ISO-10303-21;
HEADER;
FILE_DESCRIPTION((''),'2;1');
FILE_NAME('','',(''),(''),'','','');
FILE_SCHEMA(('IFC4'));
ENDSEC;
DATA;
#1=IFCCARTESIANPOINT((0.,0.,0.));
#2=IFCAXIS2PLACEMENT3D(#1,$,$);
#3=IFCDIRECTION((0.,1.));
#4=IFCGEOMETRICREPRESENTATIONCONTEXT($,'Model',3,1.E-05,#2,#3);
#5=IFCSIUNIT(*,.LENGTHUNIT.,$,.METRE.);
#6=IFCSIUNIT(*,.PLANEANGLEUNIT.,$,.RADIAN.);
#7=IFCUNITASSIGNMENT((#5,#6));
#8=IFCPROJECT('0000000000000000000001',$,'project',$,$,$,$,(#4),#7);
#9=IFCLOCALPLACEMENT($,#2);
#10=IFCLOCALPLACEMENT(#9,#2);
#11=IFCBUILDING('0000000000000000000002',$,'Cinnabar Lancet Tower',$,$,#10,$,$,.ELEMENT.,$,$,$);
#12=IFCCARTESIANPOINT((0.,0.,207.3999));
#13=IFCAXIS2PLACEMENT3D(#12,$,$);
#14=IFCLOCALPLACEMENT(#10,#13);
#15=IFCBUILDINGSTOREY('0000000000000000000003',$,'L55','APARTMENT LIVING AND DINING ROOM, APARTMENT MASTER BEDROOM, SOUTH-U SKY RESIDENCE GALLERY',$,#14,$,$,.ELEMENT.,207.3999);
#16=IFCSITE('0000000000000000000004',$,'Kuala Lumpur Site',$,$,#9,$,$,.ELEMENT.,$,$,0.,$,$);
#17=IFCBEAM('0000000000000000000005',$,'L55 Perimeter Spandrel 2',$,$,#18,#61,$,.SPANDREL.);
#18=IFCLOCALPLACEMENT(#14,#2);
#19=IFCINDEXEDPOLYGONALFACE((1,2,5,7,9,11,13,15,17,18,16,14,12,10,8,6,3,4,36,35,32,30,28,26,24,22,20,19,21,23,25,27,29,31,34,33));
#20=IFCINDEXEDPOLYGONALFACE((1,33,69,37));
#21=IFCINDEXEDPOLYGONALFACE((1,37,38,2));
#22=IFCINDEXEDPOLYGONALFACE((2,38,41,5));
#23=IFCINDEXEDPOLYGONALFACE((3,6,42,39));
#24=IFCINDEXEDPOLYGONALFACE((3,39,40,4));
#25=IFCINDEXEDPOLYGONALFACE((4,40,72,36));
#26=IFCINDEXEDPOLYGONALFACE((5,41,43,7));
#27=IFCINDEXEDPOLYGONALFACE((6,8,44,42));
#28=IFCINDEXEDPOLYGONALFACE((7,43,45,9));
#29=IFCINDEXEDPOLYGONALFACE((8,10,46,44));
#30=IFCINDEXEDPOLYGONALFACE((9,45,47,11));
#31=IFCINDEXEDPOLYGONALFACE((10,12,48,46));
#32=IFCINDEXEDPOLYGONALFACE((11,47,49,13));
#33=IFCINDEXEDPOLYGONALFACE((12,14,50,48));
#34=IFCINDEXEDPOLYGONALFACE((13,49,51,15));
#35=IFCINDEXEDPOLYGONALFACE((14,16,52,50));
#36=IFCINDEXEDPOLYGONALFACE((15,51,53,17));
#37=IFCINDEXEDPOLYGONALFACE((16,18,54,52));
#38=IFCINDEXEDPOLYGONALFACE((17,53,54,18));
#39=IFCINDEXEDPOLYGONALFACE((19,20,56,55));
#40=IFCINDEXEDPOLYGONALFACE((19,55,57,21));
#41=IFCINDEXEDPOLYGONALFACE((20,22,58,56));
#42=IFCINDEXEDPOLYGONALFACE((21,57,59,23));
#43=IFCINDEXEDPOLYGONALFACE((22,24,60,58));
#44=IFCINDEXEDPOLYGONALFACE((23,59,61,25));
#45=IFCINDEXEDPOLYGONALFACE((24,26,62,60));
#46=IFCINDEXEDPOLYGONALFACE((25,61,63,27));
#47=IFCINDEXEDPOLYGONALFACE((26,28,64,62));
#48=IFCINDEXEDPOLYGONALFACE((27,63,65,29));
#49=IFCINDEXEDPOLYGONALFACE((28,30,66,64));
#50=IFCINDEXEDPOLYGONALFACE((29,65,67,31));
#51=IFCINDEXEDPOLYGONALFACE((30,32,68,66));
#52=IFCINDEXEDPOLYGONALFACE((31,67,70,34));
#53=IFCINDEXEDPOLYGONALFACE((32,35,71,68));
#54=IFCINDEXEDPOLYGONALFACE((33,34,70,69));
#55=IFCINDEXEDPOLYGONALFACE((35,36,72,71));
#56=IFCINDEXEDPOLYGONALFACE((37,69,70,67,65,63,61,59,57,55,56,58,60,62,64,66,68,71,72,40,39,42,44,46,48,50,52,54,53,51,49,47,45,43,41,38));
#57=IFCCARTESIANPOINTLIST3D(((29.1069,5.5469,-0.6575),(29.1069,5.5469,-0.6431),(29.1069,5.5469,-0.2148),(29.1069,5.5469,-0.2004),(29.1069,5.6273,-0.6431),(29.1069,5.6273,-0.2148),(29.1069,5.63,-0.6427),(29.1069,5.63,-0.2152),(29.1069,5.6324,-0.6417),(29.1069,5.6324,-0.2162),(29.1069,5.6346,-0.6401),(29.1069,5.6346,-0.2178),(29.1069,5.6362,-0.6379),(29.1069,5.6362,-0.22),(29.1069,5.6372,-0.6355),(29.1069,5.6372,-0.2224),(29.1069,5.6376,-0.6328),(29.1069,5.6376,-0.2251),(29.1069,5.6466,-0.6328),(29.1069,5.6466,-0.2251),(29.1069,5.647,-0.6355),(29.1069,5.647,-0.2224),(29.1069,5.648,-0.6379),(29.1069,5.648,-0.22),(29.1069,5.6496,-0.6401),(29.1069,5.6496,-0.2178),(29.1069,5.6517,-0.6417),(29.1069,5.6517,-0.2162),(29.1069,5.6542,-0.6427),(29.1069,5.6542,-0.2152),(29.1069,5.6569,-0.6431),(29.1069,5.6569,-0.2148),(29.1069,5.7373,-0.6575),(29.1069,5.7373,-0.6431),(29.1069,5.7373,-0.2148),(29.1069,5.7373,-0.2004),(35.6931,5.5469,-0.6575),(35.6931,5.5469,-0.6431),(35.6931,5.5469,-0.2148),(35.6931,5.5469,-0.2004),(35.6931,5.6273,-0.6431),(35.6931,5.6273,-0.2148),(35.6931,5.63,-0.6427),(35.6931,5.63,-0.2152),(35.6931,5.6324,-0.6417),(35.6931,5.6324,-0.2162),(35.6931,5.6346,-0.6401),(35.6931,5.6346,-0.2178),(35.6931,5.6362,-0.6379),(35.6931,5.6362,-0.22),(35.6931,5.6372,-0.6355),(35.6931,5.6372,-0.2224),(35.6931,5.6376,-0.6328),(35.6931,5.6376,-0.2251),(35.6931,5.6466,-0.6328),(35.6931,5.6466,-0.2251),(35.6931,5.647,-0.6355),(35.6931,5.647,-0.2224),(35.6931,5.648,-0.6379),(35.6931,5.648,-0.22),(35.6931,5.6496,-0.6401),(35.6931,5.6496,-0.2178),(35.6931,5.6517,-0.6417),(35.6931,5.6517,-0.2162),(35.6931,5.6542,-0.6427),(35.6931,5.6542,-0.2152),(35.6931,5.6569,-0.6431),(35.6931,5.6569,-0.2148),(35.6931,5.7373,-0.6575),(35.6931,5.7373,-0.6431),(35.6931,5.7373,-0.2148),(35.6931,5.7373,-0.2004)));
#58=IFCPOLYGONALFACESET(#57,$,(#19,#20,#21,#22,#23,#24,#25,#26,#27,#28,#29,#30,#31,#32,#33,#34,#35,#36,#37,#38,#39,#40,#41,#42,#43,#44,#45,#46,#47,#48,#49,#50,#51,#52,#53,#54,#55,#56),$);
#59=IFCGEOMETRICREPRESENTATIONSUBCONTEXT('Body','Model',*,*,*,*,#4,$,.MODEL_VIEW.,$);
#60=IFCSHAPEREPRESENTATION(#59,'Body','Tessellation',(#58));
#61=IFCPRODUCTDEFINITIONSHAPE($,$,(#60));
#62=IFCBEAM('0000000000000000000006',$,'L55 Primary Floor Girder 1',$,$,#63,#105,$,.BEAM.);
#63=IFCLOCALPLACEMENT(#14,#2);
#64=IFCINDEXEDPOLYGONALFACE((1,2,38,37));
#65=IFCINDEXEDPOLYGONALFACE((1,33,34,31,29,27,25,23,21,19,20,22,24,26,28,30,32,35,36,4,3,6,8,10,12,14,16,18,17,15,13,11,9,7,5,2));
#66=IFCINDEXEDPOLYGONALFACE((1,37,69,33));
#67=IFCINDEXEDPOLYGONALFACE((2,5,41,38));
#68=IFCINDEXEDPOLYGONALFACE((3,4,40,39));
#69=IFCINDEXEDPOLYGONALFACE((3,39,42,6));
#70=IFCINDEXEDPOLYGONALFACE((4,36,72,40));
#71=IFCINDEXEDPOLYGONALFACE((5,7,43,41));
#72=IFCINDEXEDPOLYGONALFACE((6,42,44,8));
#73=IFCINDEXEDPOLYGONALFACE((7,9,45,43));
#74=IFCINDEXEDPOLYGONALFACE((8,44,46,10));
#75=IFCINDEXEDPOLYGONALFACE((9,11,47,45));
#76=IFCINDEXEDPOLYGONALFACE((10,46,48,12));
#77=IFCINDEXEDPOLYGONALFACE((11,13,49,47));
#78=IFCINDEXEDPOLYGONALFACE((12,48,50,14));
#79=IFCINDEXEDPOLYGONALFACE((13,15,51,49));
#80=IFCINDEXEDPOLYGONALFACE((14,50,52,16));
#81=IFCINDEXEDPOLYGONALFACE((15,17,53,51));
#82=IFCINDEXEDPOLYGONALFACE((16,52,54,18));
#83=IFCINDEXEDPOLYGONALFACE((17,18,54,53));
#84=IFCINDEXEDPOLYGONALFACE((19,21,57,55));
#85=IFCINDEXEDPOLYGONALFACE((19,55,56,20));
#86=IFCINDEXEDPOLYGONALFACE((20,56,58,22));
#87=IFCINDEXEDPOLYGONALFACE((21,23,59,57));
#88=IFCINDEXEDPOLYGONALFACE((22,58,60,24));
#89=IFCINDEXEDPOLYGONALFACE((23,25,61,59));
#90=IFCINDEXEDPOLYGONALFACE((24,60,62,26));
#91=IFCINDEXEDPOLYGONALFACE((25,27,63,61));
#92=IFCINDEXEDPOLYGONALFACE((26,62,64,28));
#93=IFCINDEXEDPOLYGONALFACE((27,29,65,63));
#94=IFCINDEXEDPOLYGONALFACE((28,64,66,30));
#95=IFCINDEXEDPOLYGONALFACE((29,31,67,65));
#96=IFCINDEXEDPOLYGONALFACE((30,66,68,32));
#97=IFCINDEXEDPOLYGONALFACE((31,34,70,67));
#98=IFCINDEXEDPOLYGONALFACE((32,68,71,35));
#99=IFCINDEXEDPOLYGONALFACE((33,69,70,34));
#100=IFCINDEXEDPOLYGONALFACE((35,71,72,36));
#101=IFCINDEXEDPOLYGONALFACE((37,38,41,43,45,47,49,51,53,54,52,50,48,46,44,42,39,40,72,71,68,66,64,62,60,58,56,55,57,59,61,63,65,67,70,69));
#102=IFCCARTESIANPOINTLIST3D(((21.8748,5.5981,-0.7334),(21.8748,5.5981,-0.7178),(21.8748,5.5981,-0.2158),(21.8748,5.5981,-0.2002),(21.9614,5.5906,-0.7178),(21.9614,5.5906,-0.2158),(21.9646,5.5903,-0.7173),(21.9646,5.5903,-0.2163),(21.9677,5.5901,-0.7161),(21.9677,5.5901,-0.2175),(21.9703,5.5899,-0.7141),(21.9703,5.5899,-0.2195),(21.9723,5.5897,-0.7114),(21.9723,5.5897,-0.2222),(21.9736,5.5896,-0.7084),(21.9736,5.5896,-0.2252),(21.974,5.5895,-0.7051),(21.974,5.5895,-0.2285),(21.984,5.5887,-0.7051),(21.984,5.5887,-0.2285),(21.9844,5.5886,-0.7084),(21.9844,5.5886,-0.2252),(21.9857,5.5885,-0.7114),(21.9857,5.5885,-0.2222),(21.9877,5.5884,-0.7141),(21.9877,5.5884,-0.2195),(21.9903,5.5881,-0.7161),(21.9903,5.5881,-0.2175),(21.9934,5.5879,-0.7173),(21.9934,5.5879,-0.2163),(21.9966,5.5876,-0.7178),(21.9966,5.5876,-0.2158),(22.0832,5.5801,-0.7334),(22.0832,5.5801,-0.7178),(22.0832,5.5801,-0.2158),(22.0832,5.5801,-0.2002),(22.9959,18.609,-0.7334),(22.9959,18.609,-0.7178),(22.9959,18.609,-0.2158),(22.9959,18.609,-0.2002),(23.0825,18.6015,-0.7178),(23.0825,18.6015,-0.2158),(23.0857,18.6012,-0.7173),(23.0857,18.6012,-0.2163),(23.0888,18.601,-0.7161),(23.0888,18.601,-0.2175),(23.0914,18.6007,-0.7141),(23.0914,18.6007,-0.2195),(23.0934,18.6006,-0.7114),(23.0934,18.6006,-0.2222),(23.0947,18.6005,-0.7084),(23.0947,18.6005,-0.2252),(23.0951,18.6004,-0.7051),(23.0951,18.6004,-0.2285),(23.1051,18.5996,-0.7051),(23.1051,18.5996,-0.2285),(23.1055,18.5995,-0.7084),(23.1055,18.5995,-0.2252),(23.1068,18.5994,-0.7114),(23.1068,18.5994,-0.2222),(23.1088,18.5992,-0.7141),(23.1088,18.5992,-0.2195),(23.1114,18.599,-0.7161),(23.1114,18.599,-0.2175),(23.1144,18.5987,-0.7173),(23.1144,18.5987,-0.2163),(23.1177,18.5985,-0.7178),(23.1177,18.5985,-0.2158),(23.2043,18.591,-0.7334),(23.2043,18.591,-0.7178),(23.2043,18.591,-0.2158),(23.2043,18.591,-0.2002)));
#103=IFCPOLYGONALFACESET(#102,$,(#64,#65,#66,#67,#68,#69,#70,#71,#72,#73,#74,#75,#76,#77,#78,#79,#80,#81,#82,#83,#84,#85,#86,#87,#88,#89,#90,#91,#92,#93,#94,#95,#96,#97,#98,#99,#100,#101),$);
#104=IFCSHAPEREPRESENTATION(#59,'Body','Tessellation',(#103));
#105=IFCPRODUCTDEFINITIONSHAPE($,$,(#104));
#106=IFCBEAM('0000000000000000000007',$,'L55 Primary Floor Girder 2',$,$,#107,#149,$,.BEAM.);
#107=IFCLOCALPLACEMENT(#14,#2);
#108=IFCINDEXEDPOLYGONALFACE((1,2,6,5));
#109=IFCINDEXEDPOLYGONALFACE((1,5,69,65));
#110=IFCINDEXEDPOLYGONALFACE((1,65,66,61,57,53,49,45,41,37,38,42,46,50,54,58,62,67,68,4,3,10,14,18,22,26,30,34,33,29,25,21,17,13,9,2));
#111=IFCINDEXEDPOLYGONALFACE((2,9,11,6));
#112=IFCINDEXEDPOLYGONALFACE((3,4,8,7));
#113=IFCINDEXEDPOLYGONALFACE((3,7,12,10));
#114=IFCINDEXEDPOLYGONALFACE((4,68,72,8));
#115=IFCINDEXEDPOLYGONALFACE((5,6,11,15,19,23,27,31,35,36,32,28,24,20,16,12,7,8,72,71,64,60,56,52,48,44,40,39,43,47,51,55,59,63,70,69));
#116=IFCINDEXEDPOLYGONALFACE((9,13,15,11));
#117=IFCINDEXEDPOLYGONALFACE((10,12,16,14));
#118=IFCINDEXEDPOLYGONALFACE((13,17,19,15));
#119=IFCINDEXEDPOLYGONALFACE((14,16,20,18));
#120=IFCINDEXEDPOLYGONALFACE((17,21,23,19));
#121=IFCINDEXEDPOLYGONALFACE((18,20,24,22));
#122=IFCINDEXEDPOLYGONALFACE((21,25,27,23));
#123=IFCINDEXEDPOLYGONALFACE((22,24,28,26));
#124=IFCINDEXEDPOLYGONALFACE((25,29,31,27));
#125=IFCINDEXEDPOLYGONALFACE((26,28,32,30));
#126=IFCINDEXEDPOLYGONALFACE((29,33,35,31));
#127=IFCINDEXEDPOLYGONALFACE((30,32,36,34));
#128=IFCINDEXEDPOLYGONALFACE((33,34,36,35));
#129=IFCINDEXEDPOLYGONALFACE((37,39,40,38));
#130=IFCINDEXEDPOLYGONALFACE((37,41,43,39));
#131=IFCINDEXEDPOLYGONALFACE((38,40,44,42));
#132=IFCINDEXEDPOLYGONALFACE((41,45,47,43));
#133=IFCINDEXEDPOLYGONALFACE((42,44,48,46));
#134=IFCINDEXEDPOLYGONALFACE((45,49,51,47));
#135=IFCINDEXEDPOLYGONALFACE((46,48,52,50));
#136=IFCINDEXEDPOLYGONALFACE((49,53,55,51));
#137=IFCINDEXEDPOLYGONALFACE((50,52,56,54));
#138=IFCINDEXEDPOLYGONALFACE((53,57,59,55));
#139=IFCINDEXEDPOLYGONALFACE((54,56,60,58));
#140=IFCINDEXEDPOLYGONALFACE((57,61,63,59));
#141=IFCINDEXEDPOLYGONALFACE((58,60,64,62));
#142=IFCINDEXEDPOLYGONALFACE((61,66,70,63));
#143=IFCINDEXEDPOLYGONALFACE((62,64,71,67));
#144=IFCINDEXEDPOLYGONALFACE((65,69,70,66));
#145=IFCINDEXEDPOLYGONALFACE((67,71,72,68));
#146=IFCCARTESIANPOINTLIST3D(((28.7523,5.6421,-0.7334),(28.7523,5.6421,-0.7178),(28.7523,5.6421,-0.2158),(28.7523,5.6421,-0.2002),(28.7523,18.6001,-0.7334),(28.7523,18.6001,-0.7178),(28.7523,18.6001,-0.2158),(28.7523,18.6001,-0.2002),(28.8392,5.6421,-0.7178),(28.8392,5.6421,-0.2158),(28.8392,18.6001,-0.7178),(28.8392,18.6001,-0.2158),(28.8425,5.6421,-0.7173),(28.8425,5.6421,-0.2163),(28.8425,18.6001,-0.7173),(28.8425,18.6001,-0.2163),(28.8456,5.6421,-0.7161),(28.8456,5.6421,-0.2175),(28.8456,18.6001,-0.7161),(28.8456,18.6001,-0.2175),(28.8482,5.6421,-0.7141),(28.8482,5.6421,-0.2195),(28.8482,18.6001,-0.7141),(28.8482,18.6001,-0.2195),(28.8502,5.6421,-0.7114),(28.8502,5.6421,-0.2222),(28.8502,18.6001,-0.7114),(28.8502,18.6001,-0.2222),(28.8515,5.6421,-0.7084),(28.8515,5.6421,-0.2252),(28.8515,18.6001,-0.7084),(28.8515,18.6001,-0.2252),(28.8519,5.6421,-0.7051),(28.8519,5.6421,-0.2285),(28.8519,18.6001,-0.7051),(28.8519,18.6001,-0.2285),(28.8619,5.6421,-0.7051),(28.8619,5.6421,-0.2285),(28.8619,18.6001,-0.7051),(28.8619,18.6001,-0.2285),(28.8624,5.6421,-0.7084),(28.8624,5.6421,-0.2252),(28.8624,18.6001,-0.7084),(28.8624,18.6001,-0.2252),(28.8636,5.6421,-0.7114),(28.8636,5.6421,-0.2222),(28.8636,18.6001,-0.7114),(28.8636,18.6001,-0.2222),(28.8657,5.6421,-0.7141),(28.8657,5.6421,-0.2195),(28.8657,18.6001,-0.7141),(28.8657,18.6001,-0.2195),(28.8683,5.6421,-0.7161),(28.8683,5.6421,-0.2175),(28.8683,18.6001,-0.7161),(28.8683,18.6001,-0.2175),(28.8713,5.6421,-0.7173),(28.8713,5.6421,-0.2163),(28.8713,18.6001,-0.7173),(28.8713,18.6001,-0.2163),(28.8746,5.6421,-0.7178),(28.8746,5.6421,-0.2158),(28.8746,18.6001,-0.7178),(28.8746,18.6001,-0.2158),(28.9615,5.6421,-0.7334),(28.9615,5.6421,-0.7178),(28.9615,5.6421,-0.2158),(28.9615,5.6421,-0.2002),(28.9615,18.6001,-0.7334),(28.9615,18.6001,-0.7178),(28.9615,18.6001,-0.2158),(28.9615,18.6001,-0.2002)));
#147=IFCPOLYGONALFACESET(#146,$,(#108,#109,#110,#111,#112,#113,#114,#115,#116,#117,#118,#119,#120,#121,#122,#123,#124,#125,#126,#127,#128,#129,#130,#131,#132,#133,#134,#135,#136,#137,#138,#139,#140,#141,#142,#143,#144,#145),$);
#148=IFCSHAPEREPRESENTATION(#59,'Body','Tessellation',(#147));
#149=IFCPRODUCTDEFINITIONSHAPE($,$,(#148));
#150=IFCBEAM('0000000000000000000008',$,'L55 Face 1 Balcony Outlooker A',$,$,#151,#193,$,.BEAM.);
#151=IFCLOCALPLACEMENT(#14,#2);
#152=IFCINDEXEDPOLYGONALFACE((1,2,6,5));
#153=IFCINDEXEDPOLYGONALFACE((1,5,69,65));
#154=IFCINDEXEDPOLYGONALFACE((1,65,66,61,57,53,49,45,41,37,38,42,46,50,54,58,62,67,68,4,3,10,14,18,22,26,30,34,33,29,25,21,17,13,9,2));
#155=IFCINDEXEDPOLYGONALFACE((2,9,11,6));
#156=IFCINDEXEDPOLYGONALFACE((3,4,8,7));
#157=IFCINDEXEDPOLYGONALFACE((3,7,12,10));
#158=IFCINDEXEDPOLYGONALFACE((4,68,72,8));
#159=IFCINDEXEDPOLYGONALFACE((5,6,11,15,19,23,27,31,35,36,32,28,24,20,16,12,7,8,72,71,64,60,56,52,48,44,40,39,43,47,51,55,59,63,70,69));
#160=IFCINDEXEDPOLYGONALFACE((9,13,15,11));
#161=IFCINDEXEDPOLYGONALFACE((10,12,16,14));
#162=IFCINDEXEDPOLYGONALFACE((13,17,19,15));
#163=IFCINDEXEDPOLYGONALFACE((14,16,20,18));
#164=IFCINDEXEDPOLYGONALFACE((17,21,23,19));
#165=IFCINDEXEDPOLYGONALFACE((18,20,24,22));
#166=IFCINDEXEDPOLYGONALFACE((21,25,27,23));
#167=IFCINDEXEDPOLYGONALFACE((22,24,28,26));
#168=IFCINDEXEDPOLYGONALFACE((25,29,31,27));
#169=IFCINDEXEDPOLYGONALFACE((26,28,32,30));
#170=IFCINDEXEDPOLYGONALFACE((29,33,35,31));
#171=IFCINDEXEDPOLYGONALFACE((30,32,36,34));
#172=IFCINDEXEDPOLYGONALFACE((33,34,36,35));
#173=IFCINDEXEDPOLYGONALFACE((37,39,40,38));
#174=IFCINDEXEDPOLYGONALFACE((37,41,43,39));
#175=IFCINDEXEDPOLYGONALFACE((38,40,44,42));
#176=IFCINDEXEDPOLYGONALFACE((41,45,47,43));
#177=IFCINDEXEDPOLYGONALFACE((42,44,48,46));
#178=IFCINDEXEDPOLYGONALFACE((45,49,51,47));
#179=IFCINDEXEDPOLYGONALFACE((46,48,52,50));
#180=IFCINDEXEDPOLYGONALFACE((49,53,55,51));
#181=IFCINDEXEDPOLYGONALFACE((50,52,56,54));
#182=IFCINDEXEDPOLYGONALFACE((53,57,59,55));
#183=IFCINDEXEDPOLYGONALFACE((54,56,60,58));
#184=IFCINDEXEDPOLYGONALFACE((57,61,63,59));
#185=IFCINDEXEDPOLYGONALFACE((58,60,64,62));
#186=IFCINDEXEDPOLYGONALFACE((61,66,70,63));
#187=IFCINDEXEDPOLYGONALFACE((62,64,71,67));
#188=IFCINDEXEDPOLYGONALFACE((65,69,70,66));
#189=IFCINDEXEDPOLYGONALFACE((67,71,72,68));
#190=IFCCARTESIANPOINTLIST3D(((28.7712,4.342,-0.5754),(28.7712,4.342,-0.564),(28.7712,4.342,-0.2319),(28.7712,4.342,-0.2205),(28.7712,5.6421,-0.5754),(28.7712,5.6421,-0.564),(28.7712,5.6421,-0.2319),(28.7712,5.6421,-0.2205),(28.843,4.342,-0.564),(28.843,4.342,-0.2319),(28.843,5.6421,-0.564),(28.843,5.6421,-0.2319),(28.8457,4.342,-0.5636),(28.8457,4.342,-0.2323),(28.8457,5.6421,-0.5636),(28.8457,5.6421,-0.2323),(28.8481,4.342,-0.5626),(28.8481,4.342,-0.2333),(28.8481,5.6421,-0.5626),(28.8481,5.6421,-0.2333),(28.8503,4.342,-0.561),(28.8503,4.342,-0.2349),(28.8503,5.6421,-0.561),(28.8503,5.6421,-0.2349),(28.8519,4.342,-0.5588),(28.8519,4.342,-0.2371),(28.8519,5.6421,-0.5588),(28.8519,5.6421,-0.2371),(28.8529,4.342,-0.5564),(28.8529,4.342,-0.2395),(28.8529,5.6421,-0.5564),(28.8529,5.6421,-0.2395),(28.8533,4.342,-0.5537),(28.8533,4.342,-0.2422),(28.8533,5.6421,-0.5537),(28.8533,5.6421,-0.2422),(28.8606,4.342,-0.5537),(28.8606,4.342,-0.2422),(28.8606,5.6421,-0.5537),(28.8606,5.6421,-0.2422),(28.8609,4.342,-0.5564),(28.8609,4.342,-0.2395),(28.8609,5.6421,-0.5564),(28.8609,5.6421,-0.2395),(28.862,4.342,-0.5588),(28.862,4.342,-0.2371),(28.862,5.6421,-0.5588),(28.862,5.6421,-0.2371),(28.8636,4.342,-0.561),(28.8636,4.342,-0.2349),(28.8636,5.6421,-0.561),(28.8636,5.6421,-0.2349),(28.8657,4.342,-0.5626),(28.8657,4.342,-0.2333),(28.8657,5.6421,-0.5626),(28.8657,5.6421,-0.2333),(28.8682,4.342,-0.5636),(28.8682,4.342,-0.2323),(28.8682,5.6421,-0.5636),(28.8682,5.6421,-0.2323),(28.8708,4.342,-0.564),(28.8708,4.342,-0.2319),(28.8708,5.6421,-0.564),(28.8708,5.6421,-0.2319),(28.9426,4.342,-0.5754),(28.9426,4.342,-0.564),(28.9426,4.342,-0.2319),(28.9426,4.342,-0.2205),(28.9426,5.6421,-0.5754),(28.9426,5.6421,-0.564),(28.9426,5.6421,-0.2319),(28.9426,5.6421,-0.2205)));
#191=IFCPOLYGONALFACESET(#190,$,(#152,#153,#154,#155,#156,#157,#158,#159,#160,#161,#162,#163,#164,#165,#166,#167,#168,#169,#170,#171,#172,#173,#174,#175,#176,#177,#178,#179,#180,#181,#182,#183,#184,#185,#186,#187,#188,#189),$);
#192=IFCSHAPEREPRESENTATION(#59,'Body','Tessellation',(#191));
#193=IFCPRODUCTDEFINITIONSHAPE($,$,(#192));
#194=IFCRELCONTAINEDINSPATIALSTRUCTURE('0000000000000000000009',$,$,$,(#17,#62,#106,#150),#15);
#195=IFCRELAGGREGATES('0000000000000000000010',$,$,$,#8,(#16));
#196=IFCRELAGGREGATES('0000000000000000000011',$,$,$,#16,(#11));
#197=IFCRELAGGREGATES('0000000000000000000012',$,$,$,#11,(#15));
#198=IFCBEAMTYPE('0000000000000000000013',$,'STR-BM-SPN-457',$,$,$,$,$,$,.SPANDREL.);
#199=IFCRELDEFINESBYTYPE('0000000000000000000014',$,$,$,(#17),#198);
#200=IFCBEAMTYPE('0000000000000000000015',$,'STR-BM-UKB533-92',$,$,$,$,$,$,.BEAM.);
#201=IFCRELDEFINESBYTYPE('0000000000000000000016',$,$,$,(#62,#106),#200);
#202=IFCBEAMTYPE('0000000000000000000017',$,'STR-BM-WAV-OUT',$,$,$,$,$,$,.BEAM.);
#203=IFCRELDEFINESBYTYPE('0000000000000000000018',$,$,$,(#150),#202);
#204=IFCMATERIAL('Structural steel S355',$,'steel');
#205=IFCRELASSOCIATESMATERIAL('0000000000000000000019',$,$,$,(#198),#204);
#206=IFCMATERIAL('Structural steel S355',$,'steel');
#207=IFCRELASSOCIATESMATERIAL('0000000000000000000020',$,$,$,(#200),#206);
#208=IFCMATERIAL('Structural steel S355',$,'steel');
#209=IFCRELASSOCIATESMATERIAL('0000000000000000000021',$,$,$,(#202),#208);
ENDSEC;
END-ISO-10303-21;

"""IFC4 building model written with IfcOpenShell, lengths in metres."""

from ifc_helpers import new_model, si_unit, direction, frame, origin, origin_2d, place, context, subcontext, project, spatial, i_section, extrude, material, material_profile, profile_set, type_object, element, save


model = new_model("IFC4")

# Units and contexts
model_context = context("Model", 3, precision=1e-05, world=origin(), true_north=direction((0.0, 1.0)))
body_context = subcontext(model_context, "Body", "Model", "MODEL_VIEW")
ifc_project = project(units=[si_unit("LENGTHUNIT", "METRE"), si_unit("PLANEANGLEUNIT", "RADIAN")], contexts=[model_context])

# Site, building, storey
site_placement = place(None, origin())
site = spatial("IfcSite", under=ifc_project, at=site_placement, Name="Kuala Lumpur Site", CompositionType="ELEMENT", RefElevation=0.0)
building_placement = place(site_placement, origin())
building = spatial("IfcBuilding", under=site, at=building_placement, Name="Cinnabar Lancet Tower", CompositionType="ELEMENT")
storey_placement = place(building_placement, frame((0.0, 0.0, 207.3999)))
storey = spatial("IfcBuildingStorey", under=building, at=storey_placement, Name="L55", Description="APARTMENT LIVING AND DINING ROOM, APARTMENT MASTER BEDROOM, SOUTH-U SKY RESIDENCE GALLERY", CompositionType="ELEMENT", Elevation=207.3999)

# Beams
ifc_material_1 = material(Name="Structural steel S355", Category="steel")
ifc_material_profile_1 = material_profile(ifc_material_1, i_section(OverallWidth=0.1904, OverallDepth=0.457, WebThickness=0.009, FlangeThickness=0.0144, FilletRadius=0.0103, at=origin_2d()), Name="UKB 457x191x74")
ifc_profile_set_1 = profile_set([ifc_material_profile_1], Name="Structural steel S355")
beam_type_1 = type_object("IfcBeamType", Name="STR-BM-SPN-457", PredefinedType="SPANDREL", material=ifc_profile_set_1)
beam_1_placement = place(storey_placement, frame((29.1069, 5.6421, -0.429), z_axis=(1.0, 0.0, 0.0), x_axis=(0.0, 1.0, 0.0)))
element("IfcBeam", 1, at=beam_1_placement, inside=storey, type_object=beam_type_1, Name="L55 Perimeter Spandrel 2", PredefinedType="SPANDREL", context=body_context, shape_type="SweptSolid", body=[
    extrude(i_section(OverallWidth=0.1904, OverallDepth=0.457, WebThickness=0.009, FlangeThickness=0.0144, FilletRadius=0.0103, at=origin_2d()), origin(), (0.0, 0.0, 1.0), 6.5862),
])
ifc_material_2 = material(Name="Structural steel S355", Category="steel")
ifc_material_profile_2 = material_profile(ifc_material_2, i_section(OverallWidth=0.2092, OverallDepth=0.5332, WebThickness=0.01, FlangeThickness=0.0156, FilletRadius=0.0127, at=origin_2d()), Name="UKB 533x210x92")
ifc_profile_set_2 = profile_set([ifc_material_profile_2], Name="Structural steel S355")
beam_type_2 = type_object("IfcBeamType", Name="STR-BM-UKB533-92", PredefinedType="BEAM", material=ifc_profile_set_2)
beam_2_placement = place(storey_placement, frame((21.979, 5.5891, -0.4668), z_axis=(0.085847, 0.996308, 0.0), x_axis=(-0.996308, 0.085847, 0.0)))
element("IfcBeam", 2, at=beam_2_placement, inside=storey, type_object=beam_type_2, Name="L55 Primary Floor Girder 1", PredefinedType="BEAM", context=body_context, shape_type="SweptSolid", body=[
    extrude(i_section(OverallWidth=0.2092, OverallDepth=0.5332, WebThickness=0.01, FlangeThickness=0.0156, FilletRadius=0.0127, at=origin_2d()), origin(), (0.0, 0.0, 1.0), 13.0591),
])
beam_3_placement = place(storey_placement, frame((28.8569, 5.6421, -0.4668), z_axis=(0.0, 1.0, 0.0), x_axis=(-1.0, 0.0, 0.0)))
element("IfcBeam", 3, at=beam_3_placement, inside=storey, type_object=beam_type_2, Name="L55 Primary Floor Girder 2", PredefinedType="BEAM", context=body_context, shape_type="SweptSolid", body=[
    extrude(i_section(OverallWidth=0.2092, OverallDepth=0.5332, WebThickness=0.01, FlangeThickness=0.0156, FilletRadius=0.0127, at=origin_2d()), origin(), (0.0, 0.0, 1.0), 12.958),
])
ifc_material_3 = material(Name="Structural steel S355", Category="steel")
ifc_material_profile_3 = material_profile(ifc_material_3, i_section(OverallWidth=0.1714, OverallDepth=0.355, WebThickness=0.0073, FlangeThickness=0.0115, FilletRadius=0.0103, at=origin_2d()), Name="UKB 356x171x51")
ifc_profile_set_3 = profile_set([ifc_material_profile_3], Name="Structural steel S355")
beam_type_3 = type_object("IfcBeamType", Name="STR-BM-WAV-OUT", PredefinedType="BEAM", material=ifc_profile_set_3)
beam_4_placement = place(storey_placement, frame((28.8569, 5.6421, -0.3979), z_axis=(0.0, -1.0, 0.0), x_axis=(1.0, 0.0, 0.0)))
element("IfcBeam", 4, at=beam_4_placement, inside=storey, type_object=beam_type_3, Name="L55 Face 1 Balcony Outlooker A", PredefinedType="BEAM", context=body_context, shape_type="SweptSolid", body=[
    extrude(i_section(OverallWidth=0.1714, OverallDepth=0.355, WebThickness=0.0073, FlangeThickness=0.0115, FilletRadius=0.0103, at=origin_2d()), origin(), (0.0, 0.0, 1.0), 1.3),
])

save(model, "model.ifc")
